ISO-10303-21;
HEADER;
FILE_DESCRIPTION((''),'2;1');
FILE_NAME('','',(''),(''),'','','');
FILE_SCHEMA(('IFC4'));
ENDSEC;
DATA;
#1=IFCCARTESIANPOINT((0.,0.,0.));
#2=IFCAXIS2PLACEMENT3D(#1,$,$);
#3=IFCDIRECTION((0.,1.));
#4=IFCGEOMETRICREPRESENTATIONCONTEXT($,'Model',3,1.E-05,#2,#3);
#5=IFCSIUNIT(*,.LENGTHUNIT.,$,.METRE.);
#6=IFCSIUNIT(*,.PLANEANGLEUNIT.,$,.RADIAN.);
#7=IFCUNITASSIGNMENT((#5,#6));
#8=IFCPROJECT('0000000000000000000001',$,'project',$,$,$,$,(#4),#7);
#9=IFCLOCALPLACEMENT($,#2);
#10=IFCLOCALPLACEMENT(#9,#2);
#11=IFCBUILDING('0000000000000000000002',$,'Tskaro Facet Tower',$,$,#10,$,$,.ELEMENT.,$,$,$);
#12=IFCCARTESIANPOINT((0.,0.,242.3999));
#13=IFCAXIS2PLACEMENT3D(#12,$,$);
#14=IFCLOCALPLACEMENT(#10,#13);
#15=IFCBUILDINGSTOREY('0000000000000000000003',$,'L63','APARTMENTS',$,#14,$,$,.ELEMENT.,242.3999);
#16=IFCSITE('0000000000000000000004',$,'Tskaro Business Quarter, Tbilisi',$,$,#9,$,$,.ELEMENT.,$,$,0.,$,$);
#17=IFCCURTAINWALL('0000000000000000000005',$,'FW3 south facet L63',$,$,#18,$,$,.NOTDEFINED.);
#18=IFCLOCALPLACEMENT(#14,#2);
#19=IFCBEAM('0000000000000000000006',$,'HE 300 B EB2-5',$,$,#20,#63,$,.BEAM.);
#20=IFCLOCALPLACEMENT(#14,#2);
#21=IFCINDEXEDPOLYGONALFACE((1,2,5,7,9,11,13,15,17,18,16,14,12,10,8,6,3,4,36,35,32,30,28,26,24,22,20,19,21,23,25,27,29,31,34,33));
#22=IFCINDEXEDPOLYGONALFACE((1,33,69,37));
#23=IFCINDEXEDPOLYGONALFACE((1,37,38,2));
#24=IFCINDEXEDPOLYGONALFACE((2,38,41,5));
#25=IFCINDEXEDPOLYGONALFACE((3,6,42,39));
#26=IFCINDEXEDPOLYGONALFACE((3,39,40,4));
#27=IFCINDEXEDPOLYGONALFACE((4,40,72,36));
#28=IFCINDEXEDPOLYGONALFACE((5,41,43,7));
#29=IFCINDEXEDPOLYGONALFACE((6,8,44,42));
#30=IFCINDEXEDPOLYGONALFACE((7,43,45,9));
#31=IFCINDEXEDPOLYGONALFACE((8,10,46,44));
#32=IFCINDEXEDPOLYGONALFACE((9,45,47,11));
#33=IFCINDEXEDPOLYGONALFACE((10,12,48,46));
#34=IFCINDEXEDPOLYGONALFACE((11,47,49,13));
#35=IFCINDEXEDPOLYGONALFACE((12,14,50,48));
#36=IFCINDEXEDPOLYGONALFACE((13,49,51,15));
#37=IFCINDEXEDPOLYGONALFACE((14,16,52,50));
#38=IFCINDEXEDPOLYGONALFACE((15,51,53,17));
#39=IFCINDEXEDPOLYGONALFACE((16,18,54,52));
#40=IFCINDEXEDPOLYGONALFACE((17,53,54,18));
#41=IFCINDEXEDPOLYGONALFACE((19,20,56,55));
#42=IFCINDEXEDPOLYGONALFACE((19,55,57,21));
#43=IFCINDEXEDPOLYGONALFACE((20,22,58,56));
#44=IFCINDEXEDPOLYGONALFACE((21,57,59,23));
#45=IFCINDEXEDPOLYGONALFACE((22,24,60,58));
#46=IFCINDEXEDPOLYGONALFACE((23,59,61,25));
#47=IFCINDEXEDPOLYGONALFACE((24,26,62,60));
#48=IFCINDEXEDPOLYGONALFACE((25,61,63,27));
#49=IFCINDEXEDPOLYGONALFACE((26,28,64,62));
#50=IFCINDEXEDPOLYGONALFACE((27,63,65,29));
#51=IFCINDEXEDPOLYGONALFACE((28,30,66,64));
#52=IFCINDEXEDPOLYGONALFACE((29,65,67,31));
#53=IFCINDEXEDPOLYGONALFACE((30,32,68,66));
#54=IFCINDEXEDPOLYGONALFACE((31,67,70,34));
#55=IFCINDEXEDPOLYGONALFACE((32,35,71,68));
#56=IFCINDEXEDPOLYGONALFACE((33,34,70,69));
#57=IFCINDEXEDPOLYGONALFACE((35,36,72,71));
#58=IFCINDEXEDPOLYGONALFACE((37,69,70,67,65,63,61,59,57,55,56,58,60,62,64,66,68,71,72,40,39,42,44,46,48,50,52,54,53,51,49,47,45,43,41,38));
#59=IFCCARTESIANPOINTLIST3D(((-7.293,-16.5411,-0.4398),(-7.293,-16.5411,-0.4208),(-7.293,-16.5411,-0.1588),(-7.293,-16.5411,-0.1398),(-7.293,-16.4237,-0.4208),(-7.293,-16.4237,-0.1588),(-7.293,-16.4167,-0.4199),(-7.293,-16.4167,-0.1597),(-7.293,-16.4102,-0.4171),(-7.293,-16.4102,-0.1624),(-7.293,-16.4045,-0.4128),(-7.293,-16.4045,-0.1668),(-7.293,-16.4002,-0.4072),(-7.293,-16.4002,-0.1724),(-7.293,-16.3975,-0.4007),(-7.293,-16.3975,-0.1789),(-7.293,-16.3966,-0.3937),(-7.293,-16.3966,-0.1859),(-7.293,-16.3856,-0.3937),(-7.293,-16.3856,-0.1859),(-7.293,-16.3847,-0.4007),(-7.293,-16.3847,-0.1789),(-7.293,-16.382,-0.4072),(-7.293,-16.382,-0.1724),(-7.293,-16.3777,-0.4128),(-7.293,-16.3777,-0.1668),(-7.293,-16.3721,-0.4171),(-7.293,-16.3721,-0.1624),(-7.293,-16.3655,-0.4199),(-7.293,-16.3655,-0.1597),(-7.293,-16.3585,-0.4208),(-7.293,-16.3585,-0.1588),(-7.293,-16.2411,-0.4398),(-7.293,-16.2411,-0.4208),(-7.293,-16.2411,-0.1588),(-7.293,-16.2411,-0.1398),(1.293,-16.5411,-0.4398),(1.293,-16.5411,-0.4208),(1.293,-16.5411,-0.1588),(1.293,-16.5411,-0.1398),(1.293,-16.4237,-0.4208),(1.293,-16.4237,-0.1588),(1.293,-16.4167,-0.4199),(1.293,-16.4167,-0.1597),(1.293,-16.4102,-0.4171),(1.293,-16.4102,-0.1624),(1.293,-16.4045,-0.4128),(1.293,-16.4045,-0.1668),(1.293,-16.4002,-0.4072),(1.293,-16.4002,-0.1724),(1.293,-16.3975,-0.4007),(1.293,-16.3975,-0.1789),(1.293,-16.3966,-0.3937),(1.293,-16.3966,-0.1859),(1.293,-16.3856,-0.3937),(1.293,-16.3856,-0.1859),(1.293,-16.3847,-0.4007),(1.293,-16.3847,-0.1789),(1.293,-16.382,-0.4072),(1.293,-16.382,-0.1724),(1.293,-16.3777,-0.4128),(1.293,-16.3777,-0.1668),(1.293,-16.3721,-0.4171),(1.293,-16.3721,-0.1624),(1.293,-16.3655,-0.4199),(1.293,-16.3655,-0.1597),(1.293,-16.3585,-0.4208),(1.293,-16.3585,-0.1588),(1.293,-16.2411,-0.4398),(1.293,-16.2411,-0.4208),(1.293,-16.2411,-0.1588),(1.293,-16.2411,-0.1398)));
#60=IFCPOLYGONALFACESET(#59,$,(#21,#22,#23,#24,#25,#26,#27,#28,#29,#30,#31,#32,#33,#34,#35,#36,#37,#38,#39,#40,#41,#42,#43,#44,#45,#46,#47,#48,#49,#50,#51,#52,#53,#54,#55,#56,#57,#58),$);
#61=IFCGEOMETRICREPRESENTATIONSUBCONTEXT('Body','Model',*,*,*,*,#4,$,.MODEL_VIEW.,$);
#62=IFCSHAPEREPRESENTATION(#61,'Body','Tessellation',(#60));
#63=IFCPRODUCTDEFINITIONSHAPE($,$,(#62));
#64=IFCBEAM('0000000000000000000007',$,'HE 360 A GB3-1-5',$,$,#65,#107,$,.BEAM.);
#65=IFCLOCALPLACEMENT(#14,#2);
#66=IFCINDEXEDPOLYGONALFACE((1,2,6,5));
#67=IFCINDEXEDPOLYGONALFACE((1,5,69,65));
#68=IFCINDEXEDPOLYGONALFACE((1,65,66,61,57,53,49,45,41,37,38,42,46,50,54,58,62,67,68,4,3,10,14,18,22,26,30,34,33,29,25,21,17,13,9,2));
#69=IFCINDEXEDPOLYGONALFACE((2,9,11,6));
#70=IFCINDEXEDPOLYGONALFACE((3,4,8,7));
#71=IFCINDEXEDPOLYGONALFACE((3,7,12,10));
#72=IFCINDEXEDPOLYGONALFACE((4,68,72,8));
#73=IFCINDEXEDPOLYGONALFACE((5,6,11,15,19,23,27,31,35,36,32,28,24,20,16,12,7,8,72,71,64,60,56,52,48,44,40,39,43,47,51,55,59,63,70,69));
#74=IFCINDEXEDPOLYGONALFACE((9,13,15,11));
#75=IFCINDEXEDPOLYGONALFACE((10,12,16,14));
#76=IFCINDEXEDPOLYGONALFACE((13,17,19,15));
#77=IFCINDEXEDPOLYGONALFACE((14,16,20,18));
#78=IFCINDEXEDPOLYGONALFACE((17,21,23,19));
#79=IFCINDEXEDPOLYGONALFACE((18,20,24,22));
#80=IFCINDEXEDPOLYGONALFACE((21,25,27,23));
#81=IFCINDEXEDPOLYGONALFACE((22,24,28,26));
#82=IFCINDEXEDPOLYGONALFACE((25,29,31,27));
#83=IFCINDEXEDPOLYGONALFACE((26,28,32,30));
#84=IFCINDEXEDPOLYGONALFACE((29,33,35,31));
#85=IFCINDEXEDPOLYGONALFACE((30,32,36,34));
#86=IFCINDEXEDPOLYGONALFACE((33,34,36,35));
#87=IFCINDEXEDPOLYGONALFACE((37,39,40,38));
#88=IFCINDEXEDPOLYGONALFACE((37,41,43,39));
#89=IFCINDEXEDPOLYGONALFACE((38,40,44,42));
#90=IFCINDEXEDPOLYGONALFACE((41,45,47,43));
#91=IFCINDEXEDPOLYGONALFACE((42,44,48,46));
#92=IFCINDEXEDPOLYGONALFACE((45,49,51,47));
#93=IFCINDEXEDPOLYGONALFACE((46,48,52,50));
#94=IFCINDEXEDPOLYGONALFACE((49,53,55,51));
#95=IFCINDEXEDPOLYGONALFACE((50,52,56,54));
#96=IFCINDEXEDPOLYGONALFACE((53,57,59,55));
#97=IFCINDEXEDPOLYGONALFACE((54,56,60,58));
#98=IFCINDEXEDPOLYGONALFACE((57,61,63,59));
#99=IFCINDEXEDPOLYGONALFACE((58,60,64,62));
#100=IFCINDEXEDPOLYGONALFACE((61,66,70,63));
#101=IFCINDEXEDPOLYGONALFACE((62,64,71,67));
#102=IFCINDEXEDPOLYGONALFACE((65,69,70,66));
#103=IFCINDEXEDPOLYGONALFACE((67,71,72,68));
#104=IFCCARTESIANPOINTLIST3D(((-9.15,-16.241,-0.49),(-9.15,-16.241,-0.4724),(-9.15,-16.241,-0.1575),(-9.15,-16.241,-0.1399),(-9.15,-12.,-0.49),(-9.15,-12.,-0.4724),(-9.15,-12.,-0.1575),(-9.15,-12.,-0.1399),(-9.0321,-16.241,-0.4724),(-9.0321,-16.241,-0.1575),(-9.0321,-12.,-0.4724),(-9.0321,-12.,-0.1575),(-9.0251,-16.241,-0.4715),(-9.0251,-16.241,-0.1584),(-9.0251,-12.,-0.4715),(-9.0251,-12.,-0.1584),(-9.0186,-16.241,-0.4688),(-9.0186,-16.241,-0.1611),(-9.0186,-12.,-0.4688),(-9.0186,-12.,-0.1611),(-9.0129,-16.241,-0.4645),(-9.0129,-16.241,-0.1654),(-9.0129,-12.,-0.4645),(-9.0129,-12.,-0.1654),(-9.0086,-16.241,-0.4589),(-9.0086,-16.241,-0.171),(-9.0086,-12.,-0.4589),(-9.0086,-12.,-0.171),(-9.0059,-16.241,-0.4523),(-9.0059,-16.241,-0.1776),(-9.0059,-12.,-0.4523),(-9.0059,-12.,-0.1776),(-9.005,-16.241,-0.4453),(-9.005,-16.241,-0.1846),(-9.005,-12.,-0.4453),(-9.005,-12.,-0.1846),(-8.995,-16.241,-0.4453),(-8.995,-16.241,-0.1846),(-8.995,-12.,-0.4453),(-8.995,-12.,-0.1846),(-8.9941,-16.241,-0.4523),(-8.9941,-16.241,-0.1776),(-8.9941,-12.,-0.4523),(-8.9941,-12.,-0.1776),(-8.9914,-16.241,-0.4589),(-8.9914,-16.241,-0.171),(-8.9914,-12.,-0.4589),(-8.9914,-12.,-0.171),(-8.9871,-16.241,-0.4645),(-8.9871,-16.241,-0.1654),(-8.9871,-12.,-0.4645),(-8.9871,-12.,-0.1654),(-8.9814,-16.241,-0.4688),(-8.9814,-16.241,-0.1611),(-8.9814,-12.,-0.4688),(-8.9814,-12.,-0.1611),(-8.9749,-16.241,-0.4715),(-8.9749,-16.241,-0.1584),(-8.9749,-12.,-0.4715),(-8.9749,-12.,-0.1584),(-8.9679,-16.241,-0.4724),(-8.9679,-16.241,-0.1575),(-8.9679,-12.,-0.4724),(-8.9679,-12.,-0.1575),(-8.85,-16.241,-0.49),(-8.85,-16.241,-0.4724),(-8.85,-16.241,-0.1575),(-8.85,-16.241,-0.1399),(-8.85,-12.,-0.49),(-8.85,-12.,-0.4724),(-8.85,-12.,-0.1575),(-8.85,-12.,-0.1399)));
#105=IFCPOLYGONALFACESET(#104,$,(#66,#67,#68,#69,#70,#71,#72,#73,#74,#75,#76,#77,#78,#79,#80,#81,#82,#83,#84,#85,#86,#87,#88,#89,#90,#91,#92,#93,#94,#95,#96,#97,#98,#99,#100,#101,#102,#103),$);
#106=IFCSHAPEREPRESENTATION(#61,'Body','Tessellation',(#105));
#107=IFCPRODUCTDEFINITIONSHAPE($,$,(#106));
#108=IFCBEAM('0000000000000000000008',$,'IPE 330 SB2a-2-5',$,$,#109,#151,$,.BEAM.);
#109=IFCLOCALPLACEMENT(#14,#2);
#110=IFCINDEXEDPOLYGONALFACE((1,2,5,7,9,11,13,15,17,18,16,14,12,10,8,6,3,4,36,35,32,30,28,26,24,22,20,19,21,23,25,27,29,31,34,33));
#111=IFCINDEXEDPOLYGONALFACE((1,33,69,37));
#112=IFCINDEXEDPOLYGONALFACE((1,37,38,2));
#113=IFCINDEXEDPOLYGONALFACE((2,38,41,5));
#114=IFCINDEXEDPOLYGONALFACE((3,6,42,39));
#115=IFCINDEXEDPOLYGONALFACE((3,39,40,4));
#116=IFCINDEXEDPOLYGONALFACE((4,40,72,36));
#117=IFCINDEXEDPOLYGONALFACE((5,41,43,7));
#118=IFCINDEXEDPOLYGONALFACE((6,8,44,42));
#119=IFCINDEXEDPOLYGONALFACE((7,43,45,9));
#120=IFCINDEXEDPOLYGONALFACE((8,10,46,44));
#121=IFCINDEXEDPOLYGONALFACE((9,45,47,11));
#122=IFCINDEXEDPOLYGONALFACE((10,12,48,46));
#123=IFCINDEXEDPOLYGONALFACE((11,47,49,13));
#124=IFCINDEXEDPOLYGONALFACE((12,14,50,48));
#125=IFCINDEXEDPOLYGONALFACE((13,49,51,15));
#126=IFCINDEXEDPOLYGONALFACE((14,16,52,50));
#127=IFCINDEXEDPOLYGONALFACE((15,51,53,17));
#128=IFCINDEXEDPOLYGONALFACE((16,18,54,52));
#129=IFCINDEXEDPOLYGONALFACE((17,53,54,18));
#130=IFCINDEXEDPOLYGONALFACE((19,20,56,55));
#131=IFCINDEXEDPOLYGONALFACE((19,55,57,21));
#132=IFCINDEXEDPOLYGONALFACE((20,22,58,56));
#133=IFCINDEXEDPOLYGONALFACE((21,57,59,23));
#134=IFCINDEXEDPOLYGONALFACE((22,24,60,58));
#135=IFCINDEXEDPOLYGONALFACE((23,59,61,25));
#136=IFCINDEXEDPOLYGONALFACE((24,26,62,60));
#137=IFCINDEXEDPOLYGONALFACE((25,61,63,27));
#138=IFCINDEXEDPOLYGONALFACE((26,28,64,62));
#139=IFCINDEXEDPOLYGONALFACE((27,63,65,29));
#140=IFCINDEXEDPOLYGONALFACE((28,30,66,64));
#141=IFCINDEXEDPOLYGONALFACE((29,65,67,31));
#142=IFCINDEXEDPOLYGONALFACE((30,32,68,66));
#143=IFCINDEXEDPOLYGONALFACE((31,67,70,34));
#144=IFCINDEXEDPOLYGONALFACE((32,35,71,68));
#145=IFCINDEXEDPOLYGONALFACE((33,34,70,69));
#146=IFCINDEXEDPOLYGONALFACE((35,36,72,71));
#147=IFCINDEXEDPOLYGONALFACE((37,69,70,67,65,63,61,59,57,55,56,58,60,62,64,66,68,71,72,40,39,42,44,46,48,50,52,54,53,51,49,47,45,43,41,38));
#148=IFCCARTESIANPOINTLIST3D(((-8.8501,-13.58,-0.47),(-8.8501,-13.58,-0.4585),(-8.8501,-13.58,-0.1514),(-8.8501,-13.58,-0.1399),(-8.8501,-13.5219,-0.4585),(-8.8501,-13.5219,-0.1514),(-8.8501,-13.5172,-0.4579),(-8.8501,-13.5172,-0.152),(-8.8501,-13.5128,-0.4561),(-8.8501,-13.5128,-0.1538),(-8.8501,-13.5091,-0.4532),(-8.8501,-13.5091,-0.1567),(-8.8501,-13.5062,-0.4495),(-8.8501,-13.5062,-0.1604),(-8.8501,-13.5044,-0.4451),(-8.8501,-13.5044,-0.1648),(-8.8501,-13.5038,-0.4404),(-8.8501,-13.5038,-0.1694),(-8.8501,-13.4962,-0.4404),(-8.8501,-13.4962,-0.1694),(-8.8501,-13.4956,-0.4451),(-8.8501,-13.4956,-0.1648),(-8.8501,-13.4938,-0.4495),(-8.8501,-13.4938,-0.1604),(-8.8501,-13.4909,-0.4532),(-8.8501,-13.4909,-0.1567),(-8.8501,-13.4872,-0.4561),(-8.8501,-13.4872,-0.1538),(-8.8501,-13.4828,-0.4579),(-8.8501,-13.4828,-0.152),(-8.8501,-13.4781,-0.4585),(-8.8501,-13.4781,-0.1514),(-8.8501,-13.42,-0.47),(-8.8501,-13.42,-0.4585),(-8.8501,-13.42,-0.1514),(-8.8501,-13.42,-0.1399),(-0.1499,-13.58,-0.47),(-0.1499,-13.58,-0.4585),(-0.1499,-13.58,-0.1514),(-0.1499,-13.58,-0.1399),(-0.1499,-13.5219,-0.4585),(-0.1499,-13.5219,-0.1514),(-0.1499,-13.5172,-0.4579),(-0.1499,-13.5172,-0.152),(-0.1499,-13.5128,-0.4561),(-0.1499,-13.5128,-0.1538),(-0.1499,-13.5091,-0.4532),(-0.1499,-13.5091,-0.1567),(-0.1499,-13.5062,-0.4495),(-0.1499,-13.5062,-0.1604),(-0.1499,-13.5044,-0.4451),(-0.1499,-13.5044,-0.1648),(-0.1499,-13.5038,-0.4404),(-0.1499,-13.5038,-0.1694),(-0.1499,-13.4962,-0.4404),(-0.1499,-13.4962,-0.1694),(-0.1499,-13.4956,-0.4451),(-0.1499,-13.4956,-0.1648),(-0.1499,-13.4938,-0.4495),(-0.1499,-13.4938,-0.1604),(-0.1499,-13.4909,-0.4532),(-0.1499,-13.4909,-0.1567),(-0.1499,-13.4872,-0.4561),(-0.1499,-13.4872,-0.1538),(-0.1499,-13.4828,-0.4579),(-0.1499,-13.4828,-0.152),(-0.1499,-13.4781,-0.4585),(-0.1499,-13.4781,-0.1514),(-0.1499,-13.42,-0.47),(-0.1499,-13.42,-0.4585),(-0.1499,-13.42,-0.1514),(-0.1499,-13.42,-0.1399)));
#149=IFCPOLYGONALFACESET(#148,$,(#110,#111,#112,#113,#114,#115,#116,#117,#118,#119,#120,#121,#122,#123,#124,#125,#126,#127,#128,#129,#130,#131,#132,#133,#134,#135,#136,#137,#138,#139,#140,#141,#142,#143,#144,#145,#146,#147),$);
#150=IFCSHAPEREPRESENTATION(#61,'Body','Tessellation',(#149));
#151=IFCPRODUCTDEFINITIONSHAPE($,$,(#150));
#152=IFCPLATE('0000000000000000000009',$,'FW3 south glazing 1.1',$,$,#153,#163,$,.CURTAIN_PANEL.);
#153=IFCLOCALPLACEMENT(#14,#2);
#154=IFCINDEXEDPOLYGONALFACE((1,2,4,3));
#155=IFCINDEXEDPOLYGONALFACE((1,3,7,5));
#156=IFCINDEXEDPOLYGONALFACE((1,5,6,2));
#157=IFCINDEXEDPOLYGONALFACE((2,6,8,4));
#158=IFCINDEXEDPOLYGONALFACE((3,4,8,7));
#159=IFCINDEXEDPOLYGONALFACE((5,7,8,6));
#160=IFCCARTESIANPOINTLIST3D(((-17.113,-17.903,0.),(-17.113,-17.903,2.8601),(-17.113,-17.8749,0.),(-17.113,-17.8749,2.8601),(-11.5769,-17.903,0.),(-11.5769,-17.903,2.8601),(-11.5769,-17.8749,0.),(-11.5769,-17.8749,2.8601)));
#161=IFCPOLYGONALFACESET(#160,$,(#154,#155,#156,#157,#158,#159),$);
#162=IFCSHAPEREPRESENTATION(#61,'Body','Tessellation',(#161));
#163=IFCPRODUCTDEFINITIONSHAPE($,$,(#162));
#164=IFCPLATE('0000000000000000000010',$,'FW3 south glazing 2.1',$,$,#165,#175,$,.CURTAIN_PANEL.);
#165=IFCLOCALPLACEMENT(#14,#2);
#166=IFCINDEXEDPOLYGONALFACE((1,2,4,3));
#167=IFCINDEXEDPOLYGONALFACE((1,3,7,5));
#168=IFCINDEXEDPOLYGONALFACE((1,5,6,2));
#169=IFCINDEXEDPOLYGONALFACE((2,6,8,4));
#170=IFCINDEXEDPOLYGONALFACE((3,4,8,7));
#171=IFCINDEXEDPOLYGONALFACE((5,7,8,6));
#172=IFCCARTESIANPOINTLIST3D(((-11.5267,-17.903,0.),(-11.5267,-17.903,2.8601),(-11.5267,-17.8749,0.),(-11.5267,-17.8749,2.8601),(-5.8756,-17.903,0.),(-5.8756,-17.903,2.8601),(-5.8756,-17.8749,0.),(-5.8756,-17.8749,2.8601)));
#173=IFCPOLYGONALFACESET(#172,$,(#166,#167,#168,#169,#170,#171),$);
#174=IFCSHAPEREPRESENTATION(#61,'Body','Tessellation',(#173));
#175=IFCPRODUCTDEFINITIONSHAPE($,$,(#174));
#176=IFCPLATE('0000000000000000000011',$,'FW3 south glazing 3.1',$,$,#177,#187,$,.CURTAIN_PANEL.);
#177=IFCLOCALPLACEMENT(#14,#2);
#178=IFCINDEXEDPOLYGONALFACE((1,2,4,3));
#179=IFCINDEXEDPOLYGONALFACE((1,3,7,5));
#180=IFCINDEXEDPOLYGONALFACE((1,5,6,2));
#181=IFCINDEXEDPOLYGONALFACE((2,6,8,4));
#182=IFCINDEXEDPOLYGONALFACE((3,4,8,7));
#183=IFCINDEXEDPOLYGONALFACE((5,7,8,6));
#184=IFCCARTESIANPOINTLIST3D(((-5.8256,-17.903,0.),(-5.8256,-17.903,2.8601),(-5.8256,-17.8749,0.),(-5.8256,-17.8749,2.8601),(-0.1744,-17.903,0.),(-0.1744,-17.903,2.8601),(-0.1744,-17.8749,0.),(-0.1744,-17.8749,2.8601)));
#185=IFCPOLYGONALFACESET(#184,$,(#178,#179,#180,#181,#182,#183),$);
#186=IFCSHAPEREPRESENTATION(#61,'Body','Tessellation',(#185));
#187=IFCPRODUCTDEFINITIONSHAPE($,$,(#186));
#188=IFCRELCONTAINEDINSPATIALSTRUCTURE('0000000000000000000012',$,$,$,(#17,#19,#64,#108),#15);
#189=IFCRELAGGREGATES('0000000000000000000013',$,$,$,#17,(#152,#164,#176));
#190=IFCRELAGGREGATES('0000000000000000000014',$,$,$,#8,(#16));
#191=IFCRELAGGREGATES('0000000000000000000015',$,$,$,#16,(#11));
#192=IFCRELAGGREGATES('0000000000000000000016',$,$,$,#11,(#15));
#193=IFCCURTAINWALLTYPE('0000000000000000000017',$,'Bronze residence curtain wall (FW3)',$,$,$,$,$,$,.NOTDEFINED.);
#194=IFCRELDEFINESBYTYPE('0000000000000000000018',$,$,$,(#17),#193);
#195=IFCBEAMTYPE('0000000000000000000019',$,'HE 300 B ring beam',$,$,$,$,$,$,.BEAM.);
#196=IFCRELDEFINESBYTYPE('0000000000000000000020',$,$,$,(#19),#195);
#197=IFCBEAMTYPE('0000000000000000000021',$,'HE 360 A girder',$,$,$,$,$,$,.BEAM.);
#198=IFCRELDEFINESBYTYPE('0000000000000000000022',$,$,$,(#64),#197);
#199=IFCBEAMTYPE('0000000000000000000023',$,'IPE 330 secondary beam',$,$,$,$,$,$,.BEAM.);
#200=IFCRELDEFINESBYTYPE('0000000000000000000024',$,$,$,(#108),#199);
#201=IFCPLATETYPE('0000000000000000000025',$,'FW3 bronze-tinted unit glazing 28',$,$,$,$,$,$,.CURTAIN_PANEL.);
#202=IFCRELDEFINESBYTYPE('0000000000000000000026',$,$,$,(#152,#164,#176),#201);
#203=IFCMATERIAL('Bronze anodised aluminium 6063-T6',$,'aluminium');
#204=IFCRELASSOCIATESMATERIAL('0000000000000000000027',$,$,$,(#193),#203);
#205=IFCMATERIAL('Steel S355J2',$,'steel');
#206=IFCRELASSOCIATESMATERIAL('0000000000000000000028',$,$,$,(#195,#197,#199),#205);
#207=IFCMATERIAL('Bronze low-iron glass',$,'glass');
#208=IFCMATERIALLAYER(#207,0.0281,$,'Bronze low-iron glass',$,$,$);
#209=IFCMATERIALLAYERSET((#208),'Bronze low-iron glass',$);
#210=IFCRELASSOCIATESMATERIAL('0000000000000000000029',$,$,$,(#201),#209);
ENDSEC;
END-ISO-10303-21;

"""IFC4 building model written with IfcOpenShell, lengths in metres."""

from ifc_helpers import new_model, si_unit, direction, frame, origin, origin_2d, place, context, subcontext, project, spatial, rectangle, i_section, extrude, material, layer, layer_set, material_profile, profile_set, type_object, element, aggregate, save


model = new_model("IFC4")

# Units and contexts
model_context = context("Model", 3, precision=1e-05, world=origin(), true_north=direction((0.0, 1.0)))
body_context = subcontext(model_context, "Body", "Model", "MODEL_VIEW")
ifc_project = project(units=[si_unit("LENGTHUNIT", "METRE"), si_unit("PLANEANGLEUNIT", "RADIAN")], contexts=[model_context])

# Site, building, storey
site_placement = place(None, origin())
site = spatial("IfcSite", under=ifc_project, at=site_placement, Name="Tskaro Business Quarter, Tbilisi", CompositionType="ELEMENT", RefElevation=0.0)
building_placement = place(site_placement, origin())
building = spatial("IfcBuilding", under=site, at=building_placement, Name="Tskaro Facet Tower", CompositionType="ELEMENT")
storey_placement = place(building_placement, frame((0.0, 0.0, 242.3999)))
storey = spatial("IfcBuildingStorey", under=building, at=storey_placement, Name="L63", Description="APARTMENTS", CompositionType="ELEMENT", Elevation=242.3999)

# Shared definitions
ifc_material_1 = material(Name="Steel S355J2", Category="steel")

# Curtain wall
ifc_material_2 = material(Name="Bronze anodised aluminium 6063-T6", Category="aluminium")
curtain_wall_type = type_object("IfcCurtainWallType", Name="Bronze residence curtain wall (FW3)", PredefinedType="NOTDEFINED", material=ifc_material_2)
curtain_wall_placement = place(storey_placement, origin())
curtain_wall = element("IfcCurtainWall", 1, at=curtain_wall_placement, inside=storey, type_object=curtain_wall_type, Name="FW3 south facet L63", PredefinedType="NOTDEFINED")

# Beams
ifc_material_profile_1 = material_profile(ifc_material_1, i_section(OverallWidth=0.3, OverallDepth=0.3, WebThickness=0.011, FlangeThickness=0.019, FilletRadius=0.0271, at=origin_2d()), Name="HE 300 B")
ifc_profile_set_1 = profile_set([ifc_material_profile_1], Name="Steel S355J2")
beam_type_1 = type_object("IfcBeamType", Name="HE 300 B ring beam", PredefinedType="BEAM", material=ifc_profile_set_1)
beam_1_placement = place(storey_placement, frame((-7.293, -16.3911, -0.2898), z_axis=(1.0, 0.0, 0.0), x_axis=(0.0, 1.0, 0.0)))
element("IfcBeam", 2, at=beam_1_placement, inside=storey, type_object=beam_type_1, Name="HE 300 B EB2-5", PredefinedType="BEAM", context=body_context, shape_type="SweptSolid", body=[
    extrude(i_section(OverallWidth=0.3, OverallDepth=0.3, WebThickness=0.011, FlangeThickness=0.019, FilletRadius=0.0271, at=origin_2d()), origin(), (0.0, 0.0, 1.0), 8.5859),
])
ifc_material_profile_2 = material_profile(ifc_material_1, i_section(OverallWidth=0.3, OverallDepth=0.3501, WebThickness=0.01, FlangeThickness=0.0176, FilletRadius=0.0271, at=origin_2d()), Name="HE 360 A")
ifc_profile_set_2 = profile_set([ifc_material_profile_2], Name="Steel S355J2")
beam_type_2 = type_object("IfcBeamType", Name="HE 360 A girder", PredefinedType="BEAM", material=ifc_profile_set_2)
beam_2_placement = place(storey_placement, frame((-9.0, -16.241, -0.3149), z_axis=(0.0, 1.0, 0.0), x_axis=(-1.0, 0.0, 0.0)))
element("IfcBeam", 3, at=beam_2_placement, inside=storey, type_object=beam_type_2, Name="HE 360 A GB3-1-5", PredefinedType="BEAM", context=body_context, shape_type="SweptSolid", body=[
    extrude(i_section(OverallWidth=0.3, OverallDepth=0.3501, WebThickness=0.01, FlangeThickness=0.0176, FilletRadius=0.0271, at=origin_2d()), origin(), (0.0, 0.0, 1.0), 4.241),
])
ifc_material_profile_3 = material_profile(ifc_material_1, i_section(OverallWidth=0.1599, OverallDepth=0.3301, WebThickness=0.0076, FlangeThickness=0.0115, FilletRadius=0.0181, at=origin_2d()), Name="IPE 330")
ifc_profile_set_3 = profile_set([ifc_material_profile_3], Name="Steel S355J2")
beam_type_3 = type_object("IfcBeamType", Name="IPE 330 secondary beam", PredefinedType="BEAM", material=ifc_profile_set_3)
beam_3_placement = place(storey_placement, frame((-8.8501, -13.5, -0.3049), z_axis=(1.0, 0.0, 0.0), x_axis=(0.0, 1.0, 0.0)))
element("IfcBeam", 4, at=beam_3_placement, inside=storey, type_object=beam_type_3, Name="IPE 330 SB2a-2-5", PredefinedType="BEAM", context=body_context, shape_type="SweptSolid", body=[
    extrude(i_section(OverallWidth=0.1599, OverallDepth=0.3301, WebThickness=0.0076, FlangeThickness=0.0115, FilletRadius=0.0181, at=origin_2d()), origin(), (0.0, 0.0, 1.0), 8.7002),
])

# Plates
ifc_material_3 = material(Name="Bronze low-iron glass", Category="glass")
ifc_layer_1 = layer(ifc_material_3, 0.0281, Name="Bronze low-iron glass")
ifc_layer_set_1 = layer_set([ifc_layer_1], Name="Bronze low-iron glass")
plate_type = type_object("IfcPlateType", Name="FW3 bronze-tinted unit glazing 28", PredefinedType="CURTAIN_PANEL", material=ifc_layer_set_1)
plate_1_placement = place(storey_placement, frame((-14.345, -17.8889, 0.0), z_axis=(0.0, 0.0, 1.0), x_axis=(1.0, 0.0, 0.0)))
plate_1 = element("IfcPlate", 5, at=plate_1_placement, type_object=plate_type, Name="FW3 south glazing 1.1", PredefinedType="CURTAIN_PANEL", context=body_context, shape_type="SweptSolid", body=[
    extrude(rectangle(XDim=5.5361, YDim=0.0281, at=origin_2d()), origin(), (0.0, 0.0, 1.0), 2.8601),
])
plate_2_placement = place(storey_placement, frame((-8.7012, -17.8889, 0.0), z_axis=(0.0, 0.0, 1.0), x_axis=(1.0, 0.0, 0.0)))
plate_2 = element("IfcPlate", 6, at=plate_2_placement, type_object=plate_type, Name="FW3 south glazing 2.1", PredefinedType="CURTAIN_PANEL", context=body_context, shape_type="SweptSolid", body=[
    extrude(rectangle(XDim=5.6511, YDim=0.0281, at=origin_2d()), origin(), (0.0, 0.0, 1.0), 2.8601),
])
plate_3_placement = place(storey_placement, frame((-3.0, -17.8889, 0.0), z_axis=(0.0, 0.0, 1.0), x_axis=(1.0, 0.0, 0.0)))
plate_3 = element("IfcPlate", 7, at=plate_3_placement, type_object=plate_type, Name="FW3 south glazing 3.1", PredefinedType="CURTAIN_PANEL", context=body_context, shape_type="SweptSolid", body=[
    extrude(rectangle(XDim=5.6511, YDim=0.0281, at=origin_2d()), origin(), (0.0, 0.0, 1.0), 2.8601),
])
aggregate(curtain_wall, [plate_1, plate_2, plate_3])

save(model, "model.ifc")
